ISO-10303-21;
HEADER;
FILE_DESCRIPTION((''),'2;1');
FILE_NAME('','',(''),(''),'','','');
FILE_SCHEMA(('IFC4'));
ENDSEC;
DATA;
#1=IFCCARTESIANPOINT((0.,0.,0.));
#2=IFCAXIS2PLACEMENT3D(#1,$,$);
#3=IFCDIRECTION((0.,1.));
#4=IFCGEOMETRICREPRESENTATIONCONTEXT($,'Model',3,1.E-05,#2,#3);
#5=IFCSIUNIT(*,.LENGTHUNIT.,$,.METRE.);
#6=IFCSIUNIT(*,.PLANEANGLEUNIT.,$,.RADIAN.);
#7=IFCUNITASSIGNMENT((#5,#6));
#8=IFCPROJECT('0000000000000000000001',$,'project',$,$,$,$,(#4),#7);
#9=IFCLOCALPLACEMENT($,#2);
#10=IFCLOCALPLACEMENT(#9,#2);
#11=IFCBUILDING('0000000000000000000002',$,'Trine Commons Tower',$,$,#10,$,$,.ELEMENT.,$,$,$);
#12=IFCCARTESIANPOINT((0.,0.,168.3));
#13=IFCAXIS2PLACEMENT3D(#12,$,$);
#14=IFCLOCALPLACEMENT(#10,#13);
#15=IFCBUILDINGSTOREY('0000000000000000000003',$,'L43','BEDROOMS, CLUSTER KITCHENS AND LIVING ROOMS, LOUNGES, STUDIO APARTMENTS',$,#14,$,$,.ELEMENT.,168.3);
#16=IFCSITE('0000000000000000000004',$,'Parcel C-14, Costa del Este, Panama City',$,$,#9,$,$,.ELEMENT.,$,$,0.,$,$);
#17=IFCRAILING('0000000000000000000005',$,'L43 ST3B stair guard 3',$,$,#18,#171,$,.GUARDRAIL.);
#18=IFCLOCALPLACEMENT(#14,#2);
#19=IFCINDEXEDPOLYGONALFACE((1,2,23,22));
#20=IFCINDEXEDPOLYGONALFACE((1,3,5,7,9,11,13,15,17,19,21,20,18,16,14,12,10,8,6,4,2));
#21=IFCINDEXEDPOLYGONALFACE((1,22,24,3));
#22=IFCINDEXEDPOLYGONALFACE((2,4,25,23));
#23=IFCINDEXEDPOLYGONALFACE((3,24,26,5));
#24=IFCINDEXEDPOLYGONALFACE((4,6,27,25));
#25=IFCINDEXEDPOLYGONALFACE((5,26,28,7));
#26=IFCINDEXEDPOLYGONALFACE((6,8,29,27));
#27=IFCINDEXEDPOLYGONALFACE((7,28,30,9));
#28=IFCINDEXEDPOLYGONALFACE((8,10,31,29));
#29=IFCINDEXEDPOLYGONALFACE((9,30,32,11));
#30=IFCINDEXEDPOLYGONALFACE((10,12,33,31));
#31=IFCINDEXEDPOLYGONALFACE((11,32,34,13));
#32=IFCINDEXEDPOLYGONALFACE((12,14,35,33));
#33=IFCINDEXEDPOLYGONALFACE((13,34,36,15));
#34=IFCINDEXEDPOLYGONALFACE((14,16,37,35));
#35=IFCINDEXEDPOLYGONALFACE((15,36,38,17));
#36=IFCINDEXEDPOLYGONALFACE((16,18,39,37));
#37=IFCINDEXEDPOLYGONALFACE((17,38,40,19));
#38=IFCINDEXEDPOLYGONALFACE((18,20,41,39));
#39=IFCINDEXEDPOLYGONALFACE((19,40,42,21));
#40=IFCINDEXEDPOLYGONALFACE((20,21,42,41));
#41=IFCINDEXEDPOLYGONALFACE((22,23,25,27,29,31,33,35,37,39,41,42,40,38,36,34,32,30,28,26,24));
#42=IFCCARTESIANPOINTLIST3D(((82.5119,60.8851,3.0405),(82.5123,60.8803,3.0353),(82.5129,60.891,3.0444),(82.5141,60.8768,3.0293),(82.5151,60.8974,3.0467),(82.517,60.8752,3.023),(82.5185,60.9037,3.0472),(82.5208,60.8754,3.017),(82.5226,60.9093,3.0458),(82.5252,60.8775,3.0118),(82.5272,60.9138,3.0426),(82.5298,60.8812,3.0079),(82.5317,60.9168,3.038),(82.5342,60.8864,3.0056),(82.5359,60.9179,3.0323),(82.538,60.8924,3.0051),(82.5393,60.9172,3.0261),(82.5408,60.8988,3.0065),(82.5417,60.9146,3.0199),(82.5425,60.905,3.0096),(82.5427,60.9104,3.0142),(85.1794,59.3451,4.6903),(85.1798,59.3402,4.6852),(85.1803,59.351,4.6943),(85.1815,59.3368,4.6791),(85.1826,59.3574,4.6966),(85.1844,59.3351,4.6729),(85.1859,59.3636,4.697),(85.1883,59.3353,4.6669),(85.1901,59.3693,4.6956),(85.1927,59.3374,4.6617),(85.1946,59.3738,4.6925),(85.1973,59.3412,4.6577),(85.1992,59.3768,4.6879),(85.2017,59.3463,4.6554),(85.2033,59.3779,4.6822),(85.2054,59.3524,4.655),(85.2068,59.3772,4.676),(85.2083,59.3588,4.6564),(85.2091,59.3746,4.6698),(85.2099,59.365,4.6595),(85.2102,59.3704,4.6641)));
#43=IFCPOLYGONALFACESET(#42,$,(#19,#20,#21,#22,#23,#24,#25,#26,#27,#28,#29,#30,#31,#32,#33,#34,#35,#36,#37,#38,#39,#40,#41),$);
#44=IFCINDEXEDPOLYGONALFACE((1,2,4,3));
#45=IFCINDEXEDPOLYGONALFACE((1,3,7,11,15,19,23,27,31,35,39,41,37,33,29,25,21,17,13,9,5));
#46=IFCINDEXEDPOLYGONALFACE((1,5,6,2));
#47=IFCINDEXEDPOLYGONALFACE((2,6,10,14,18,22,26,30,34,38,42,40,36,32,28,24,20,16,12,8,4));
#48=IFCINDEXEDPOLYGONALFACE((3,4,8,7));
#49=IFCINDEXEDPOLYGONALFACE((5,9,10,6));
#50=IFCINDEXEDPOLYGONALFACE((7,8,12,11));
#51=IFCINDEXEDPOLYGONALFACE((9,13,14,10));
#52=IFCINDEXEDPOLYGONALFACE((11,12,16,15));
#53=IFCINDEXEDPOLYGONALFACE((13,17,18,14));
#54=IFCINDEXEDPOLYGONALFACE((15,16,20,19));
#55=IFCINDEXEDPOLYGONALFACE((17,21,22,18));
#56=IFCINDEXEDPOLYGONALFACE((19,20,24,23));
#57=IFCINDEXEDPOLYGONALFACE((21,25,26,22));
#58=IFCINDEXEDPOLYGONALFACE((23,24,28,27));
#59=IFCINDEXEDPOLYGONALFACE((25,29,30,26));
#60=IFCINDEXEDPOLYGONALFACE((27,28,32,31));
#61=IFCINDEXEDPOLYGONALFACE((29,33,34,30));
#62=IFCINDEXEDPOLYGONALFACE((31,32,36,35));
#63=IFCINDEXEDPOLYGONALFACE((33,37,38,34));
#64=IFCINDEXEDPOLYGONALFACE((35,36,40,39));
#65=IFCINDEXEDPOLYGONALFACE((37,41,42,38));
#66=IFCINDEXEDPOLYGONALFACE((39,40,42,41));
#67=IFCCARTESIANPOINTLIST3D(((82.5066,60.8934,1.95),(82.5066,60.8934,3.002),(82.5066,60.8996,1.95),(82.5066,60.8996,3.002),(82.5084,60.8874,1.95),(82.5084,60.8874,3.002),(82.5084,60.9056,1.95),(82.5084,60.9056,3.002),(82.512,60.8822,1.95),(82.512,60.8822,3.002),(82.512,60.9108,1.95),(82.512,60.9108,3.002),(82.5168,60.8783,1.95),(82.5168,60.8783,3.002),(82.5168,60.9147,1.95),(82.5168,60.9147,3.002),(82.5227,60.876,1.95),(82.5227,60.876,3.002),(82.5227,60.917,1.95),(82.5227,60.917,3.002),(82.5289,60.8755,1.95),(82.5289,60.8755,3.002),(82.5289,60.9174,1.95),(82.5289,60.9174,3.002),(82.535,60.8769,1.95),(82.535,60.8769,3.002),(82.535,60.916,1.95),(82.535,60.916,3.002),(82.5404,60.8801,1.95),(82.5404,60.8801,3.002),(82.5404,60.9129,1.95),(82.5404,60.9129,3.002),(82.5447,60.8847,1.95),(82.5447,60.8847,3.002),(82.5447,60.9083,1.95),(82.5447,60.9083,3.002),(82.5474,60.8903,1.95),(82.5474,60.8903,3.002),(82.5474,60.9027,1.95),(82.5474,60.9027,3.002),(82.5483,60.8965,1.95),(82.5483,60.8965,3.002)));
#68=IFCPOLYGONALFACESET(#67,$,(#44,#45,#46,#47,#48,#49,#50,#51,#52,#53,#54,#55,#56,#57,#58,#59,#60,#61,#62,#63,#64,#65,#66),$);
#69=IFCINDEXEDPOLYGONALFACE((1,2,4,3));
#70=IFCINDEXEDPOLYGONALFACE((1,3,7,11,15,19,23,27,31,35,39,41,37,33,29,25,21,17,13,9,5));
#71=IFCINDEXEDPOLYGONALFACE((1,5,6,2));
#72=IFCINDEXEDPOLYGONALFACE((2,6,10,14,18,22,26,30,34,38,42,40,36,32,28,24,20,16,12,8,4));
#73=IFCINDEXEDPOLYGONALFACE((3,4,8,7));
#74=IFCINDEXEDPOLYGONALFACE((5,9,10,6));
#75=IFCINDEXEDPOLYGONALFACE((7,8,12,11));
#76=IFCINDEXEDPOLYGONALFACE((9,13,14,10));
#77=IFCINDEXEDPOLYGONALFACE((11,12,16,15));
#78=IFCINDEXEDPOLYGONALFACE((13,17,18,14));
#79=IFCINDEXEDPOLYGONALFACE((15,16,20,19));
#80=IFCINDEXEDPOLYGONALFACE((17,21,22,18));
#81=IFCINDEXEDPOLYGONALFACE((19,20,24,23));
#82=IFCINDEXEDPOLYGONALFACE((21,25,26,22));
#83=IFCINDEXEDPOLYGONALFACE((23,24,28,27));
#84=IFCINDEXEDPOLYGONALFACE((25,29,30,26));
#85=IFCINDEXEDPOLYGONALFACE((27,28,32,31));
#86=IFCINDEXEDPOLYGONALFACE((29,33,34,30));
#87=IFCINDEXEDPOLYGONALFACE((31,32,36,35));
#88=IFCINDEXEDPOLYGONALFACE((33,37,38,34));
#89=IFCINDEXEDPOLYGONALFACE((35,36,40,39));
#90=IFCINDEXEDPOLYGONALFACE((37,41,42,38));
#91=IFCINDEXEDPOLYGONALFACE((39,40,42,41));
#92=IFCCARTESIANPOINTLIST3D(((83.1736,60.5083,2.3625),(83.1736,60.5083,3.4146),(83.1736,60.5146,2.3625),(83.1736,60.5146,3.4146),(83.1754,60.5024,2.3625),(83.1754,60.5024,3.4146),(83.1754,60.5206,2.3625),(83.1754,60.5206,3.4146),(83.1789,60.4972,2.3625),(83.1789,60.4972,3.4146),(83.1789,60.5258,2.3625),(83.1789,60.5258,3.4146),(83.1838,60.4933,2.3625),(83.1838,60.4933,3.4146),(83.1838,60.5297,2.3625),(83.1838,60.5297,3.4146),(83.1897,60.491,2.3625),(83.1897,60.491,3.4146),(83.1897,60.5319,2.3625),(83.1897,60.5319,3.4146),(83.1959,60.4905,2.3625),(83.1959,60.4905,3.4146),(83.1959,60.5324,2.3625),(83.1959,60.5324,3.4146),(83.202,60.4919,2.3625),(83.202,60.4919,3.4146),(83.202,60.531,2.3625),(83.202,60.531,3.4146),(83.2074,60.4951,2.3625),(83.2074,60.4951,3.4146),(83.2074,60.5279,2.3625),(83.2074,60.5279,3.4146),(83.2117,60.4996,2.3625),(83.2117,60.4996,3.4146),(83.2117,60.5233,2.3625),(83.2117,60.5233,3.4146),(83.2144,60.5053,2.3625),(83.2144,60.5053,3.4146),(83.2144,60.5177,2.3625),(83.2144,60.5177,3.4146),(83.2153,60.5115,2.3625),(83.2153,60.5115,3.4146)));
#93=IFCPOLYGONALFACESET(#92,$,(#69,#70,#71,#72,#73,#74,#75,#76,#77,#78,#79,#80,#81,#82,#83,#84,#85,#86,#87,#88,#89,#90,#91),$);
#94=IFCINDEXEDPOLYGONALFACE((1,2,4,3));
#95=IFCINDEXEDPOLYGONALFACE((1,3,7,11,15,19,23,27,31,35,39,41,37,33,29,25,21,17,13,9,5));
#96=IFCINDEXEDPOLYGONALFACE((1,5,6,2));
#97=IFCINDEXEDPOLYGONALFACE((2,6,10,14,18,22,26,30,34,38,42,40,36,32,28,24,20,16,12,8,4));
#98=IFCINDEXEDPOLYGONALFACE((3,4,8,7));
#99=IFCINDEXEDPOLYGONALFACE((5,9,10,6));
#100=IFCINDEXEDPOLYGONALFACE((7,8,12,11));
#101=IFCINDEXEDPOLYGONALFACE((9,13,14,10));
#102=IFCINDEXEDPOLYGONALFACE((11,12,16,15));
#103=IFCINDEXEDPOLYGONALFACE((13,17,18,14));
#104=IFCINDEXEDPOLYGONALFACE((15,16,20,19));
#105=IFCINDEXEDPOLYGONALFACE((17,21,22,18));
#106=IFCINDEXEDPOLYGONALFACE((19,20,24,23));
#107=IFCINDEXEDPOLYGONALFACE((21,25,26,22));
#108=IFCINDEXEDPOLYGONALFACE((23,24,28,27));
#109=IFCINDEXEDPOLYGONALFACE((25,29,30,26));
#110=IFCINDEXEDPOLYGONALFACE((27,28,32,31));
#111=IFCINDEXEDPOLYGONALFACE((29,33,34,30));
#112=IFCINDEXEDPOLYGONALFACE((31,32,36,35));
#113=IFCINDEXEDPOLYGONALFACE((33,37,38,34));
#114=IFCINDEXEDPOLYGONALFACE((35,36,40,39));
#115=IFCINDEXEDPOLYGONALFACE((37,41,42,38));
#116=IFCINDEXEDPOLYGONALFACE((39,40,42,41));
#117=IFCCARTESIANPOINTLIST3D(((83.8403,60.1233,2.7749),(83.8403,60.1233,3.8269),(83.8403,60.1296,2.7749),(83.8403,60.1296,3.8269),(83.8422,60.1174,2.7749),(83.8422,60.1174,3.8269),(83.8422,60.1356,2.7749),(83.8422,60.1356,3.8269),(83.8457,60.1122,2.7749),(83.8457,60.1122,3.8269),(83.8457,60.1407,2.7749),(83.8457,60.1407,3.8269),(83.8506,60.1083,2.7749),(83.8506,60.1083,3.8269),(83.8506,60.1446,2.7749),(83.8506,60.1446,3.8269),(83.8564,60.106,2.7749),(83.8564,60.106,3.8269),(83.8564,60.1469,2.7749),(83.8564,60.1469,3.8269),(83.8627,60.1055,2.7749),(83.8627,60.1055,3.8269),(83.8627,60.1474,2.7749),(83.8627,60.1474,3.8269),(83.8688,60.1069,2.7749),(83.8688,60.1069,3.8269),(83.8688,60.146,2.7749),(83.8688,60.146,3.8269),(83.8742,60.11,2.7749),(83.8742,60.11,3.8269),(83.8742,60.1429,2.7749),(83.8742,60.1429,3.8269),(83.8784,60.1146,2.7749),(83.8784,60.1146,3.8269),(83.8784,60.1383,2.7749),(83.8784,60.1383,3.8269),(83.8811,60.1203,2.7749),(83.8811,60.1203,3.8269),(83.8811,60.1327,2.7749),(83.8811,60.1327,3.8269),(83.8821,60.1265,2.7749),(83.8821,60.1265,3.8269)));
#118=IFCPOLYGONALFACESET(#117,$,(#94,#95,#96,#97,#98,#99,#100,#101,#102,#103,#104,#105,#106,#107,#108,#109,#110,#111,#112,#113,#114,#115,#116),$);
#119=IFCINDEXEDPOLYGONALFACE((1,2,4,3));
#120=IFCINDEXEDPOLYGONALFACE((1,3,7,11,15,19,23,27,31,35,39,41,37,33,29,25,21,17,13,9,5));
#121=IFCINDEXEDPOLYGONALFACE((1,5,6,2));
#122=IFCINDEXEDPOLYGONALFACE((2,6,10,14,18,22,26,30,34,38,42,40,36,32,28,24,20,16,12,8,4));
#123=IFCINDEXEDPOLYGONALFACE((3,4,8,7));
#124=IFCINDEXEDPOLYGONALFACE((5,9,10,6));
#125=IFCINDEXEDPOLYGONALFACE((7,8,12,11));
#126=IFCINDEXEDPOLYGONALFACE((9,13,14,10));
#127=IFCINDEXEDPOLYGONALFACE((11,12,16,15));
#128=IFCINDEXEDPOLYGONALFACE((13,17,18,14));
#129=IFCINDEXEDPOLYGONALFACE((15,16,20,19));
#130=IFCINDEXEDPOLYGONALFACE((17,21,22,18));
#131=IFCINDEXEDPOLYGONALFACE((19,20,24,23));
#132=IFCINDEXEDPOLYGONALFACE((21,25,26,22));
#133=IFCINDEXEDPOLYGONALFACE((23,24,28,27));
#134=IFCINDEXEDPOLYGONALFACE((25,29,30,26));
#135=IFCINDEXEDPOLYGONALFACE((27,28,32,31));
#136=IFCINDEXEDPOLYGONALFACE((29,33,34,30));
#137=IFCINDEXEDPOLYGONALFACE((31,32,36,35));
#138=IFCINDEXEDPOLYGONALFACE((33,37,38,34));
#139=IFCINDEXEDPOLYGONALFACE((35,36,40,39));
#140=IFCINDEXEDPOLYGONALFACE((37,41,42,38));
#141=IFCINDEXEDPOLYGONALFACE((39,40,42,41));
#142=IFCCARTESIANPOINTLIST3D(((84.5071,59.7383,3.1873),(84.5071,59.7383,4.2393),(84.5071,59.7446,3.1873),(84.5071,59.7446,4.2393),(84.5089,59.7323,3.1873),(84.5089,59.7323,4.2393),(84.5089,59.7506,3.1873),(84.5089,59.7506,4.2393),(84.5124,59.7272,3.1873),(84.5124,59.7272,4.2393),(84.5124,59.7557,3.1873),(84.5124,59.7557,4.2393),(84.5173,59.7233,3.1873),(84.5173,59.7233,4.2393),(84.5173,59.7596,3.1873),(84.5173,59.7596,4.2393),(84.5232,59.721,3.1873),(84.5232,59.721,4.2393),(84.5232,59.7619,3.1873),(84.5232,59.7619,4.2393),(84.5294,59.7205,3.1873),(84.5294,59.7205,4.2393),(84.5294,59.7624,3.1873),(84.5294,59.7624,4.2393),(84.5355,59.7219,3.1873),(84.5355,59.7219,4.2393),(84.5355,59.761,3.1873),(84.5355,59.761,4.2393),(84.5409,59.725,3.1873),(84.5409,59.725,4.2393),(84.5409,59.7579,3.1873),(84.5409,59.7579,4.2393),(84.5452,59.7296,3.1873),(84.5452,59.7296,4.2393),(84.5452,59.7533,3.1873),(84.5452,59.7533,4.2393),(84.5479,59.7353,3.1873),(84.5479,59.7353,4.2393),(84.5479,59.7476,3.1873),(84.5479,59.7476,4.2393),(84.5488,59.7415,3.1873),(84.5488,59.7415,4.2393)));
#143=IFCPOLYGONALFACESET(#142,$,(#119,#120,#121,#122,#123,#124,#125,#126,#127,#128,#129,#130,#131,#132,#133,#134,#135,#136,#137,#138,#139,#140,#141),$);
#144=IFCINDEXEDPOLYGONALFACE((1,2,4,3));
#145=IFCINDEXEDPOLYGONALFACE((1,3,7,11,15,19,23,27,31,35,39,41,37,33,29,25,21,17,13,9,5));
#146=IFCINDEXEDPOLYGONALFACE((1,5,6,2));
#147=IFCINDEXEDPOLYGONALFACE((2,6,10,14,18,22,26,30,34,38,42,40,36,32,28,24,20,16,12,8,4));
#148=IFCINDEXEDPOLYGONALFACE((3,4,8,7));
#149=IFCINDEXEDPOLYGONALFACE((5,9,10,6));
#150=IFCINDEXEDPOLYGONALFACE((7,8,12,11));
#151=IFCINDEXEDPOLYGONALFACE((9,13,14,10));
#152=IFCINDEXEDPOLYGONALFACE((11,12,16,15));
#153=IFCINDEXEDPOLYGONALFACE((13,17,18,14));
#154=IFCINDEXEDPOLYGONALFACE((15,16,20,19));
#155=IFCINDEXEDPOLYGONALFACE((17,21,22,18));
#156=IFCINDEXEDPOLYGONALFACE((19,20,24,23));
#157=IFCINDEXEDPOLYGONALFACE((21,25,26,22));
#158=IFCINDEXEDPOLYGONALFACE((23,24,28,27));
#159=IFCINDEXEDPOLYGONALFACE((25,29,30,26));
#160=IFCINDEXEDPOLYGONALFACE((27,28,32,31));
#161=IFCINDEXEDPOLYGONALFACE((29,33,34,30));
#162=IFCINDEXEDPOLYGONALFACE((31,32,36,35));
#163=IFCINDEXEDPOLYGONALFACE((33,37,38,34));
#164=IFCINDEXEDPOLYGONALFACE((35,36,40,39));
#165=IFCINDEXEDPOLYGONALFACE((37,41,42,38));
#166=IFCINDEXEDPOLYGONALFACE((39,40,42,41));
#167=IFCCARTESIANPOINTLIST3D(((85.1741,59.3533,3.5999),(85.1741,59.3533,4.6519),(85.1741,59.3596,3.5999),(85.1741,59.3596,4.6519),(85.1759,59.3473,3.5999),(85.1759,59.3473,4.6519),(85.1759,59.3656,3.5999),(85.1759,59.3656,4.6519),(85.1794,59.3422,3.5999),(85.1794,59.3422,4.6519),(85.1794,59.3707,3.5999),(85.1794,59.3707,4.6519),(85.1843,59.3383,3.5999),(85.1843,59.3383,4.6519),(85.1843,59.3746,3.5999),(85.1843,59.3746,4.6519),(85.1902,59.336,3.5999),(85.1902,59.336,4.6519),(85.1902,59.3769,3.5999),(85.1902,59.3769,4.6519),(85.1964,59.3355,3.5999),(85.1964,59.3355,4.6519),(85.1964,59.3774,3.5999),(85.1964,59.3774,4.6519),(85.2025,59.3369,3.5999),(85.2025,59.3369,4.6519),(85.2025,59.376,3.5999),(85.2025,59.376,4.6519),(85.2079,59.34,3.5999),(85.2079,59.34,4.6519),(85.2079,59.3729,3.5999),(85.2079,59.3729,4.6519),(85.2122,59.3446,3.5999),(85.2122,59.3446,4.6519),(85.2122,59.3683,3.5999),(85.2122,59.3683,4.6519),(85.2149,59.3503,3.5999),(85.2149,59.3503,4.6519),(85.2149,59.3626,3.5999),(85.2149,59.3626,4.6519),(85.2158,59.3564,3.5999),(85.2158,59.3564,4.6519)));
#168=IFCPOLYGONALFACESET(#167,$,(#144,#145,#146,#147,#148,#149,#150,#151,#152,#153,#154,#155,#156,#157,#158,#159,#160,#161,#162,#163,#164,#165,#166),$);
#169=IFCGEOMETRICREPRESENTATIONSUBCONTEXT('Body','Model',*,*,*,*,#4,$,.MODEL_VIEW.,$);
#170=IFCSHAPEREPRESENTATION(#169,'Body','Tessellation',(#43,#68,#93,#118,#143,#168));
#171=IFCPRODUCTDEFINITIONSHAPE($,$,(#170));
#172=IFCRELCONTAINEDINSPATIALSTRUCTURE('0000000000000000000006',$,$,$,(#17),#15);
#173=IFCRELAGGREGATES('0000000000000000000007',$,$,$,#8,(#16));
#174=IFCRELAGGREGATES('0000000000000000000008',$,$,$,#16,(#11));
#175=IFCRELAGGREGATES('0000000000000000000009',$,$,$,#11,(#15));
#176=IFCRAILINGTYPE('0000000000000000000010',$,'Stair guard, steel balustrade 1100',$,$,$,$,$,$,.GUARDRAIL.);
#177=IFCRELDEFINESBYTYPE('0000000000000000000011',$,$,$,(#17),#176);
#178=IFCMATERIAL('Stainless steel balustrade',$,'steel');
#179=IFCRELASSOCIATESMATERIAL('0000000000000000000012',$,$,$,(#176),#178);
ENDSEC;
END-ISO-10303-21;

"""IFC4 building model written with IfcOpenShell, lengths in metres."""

from ifc_helpers import new_model, si_unit, direction, frame, origin, origin_2d, place, context, subcontext, project, spatial, circle, extrude, material, type_object, element, save


model = new_model("IFC4")

# Units and contexts
model_context = context("Model", 3, precision=1e-05, world=origin(), true_north=direction((0.0, 1.0)))
body_context = subcontext(model_context, "Body", "Model", "MODEL_VIEW")
ifc_project = project(units=[si_unit("LENGTHUNIT", "METRE"), si_unit("PLANEANGLEUNIT", "RADIAN")], contexts=[model_context])

# Site, building, storey
site_placement = place(None, origin())
site = spatial("IfcSite", under=ifc_project, at=site_placement, Name="Parcel C-14, Costa del Este, Panama City", CompositionType="ELEMENT", RefElevation=0.0)
building_placement = place(site_placement, origin())
building = spatial("IfcBuilding", under=site, at=building_placement, Name="Trine Commons Tower", CompositionType="ELEMENT")
storey_placement = place(building_placement, frame((0.0, 0.0, 168.3)))
storey = spatial("IfcBuildingStorey", under=building, at=storey_placement, Name="L43", Description="BEDROOMS, CLUSTER KITCHENS AND LIVING ROOMS, LOUNGES, STUDIO APARTMENTS", CompositionType="ELEMENT", Elevation=168.3)

# Railing
ifc_material_1 = material(Name="Stainless steel balustrade", Category="steel")
railing_type_1 = type_object("IfcRailingType", Name="Stair guard, steel balustrade 1100", PredefinedType="GUARDRAIL", material=ifc_material_1)
railing_1_placement = place(storey_placement, frame((82.5273, 60.8965, 1.95)))
element("IfcRailing", 1, at=railing_1_placement, inside=storey, type_object=railing_type_1, Name="L43 ST3B stair guard 3", PredefinedType="GUARDRAIL", context=body_context, shape_type="SweptSolid", body=[
    extrude(circle(Radius=0.0239, at=origin_2d()), frame((0.0, 0.0, 1.0762), z_axis=(0.763405, -0.440743, 0.472185), x_axis=(0.499992, 0.86603, 0.0)), (0.0, 0.0, 1.0), 3.4941),
    extrude(circle(Radius=0.021, at=origin_2d()), origin(), (0.0, 0.0, 1.0), 1.052),
    extrude(circle(Radius=0.021, at=origin_2d()), frame((0.667, -0.385, 0.4126)), (0.0, 0.0, 1.0), 1.052),
    extrude(circle(Radius=0.021, at=origin_2d()), frame((1.3337, -0.77, 0.825)), (0.0, 0.0, 1.0), 1.052),
    extrude(circle(Radius=0.021, at=origin_2d()), frame((2.0005, -1.155, 1.2373)), (0.0, 0.0, 1.0), 1.052),
    extrude(circle(Radius=0.021, at=origin_2d()), frame((2.6675, -1.54, 1.6499)), (0.0, 0.0, 1.0), 1.052),
])

save(model, "model.ifc")
